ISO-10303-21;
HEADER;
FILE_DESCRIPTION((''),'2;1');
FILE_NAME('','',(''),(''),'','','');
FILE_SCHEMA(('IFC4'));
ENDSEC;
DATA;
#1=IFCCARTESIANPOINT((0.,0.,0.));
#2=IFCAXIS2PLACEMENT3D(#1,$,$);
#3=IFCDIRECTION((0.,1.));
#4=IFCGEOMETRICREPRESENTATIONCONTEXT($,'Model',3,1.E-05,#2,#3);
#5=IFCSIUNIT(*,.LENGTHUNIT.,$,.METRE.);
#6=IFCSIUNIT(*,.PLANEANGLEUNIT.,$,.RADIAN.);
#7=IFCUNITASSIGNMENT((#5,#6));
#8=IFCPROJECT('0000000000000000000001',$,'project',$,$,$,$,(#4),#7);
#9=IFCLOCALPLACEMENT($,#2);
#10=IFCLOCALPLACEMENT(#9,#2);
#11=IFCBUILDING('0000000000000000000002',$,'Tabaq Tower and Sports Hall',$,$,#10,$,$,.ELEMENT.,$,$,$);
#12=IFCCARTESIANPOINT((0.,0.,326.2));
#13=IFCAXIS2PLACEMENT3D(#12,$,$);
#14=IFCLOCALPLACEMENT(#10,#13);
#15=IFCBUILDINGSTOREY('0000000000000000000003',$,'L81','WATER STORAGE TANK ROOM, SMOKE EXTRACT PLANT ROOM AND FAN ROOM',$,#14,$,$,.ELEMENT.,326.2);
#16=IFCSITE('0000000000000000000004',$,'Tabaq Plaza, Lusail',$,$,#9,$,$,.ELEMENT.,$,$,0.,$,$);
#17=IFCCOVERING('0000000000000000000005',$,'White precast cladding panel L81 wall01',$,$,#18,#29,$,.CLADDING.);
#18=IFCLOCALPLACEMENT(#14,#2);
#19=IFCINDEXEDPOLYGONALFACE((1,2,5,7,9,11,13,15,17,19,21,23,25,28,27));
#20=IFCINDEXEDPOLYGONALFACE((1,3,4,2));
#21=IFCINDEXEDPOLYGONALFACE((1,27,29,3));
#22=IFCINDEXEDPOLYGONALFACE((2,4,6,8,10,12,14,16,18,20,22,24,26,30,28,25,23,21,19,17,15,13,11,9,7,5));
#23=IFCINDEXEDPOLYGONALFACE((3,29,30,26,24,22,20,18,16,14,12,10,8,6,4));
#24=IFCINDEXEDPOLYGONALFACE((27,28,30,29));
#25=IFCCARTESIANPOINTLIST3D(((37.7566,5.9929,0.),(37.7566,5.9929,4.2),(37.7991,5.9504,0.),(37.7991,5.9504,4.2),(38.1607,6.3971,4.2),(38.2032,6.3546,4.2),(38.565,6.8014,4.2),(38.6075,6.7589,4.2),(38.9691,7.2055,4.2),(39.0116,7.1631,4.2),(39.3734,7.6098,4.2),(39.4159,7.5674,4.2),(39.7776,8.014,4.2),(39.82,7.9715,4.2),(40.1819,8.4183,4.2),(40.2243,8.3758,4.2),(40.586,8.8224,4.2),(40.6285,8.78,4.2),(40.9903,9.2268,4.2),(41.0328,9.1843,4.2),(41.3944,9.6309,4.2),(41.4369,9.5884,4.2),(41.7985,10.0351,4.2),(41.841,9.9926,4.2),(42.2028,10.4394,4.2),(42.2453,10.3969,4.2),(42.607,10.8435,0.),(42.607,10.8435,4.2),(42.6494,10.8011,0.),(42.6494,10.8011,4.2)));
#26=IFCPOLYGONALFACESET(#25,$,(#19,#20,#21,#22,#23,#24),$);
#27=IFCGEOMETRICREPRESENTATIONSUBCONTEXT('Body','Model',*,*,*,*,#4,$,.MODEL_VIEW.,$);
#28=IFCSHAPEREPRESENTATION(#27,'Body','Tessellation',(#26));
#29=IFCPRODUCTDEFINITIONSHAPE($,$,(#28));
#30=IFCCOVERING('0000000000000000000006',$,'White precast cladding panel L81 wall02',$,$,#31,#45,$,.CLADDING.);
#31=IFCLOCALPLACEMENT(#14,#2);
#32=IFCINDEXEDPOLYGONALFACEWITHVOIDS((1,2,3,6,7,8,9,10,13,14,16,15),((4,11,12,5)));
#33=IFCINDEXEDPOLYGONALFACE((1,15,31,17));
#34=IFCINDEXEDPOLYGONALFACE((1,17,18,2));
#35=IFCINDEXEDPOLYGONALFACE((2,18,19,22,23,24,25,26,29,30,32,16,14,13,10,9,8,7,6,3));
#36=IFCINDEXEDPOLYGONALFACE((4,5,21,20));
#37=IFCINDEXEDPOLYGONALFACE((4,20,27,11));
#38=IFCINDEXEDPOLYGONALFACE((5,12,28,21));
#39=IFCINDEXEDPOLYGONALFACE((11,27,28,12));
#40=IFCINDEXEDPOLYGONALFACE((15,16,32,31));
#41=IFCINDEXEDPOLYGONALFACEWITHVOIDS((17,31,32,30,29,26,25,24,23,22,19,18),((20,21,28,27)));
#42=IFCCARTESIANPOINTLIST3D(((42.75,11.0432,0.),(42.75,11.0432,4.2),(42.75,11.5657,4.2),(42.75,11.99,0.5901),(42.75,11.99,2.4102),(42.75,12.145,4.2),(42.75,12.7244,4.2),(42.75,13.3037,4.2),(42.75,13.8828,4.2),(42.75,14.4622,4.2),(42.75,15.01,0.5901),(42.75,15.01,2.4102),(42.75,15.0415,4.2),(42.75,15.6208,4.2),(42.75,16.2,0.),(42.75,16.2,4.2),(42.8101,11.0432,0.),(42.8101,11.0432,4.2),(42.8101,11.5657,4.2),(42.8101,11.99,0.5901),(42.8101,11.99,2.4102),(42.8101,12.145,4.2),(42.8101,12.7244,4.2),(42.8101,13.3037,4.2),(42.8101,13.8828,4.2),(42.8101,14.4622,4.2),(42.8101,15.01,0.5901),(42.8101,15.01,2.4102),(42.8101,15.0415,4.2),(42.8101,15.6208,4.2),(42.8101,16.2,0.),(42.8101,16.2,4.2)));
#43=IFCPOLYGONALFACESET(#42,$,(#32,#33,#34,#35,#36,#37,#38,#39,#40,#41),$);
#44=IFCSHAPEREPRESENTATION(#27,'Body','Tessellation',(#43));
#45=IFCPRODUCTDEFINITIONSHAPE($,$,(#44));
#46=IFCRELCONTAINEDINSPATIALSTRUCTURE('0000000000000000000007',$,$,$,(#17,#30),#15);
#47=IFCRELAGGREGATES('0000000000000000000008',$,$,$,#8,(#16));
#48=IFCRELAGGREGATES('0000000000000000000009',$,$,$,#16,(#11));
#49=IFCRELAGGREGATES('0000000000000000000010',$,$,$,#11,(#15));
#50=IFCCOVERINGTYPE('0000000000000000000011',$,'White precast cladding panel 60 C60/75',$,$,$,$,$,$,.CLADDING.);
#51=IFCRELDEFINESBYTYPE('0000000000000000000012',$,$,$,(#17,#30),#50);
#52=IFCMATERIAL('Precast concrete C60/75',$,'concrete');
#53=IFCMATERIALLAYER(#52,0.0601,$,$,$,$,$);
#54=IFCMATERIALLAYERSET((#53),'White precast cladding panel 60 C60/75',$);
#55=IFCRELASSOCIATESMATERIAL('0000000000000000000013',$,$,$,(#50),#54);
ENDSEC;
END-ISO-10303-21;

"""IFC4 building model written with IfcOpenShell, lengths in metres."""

from ifc_helpers import new_model, si_unit, direction, frame, origin, place, context, subcontext, project, spatial, polyline, outline, extrude, material, layer, layer_set, type_object, element, save


model = new_model("IFC4")

# Units and contexts
model_context = context("Model", 3, precision=1e-05, world=origin(), true_north=direction((0.0, 1.0)))
body_context = subcontext(model_context, "Body", "Model", "MODEL_VIEW")
ifc_project = project(units=[si_unit("LENGTHUNIT", "METRE"), si_unit("PLANEANGLEUNIT", "RADIAN")], contexts=[model_context])

# Site, building, storey
site_placement = place(None, origin())
site = spatial("IfcSite", under=ifc_project, at=site_placement, Name="Tabaq Plaza, Lusail", CompositionType="ELEMENT", RefElevation=0.0)
building_placement = place(site_placement, origin())
building = spatial("IfcBuilding", under=site, at=building_placement, Name="Tabaq Tower and Sports Hall", CompositionType="ELEMENT")
storey_placement = place(building_placement, frame((0.0, 0.0, 326.2)))
storey = spatial("IfcBuildingStorey", under=building, at=storey_placement, Name="L81", Description="WATER STORAGE TANK ROOM, SMOKE EXTRACT PLANT ROOM AND FAN ROOM", CompositionType="ELEMENT", Elevation=326.2)

# Coverings
ifc_material_1 = material(Name="Precast concrete C60/75", Category="concrete")
ifc_layer_1 = layer(ifc_material_1, 0.0601)
ifc_layer_set_1 = layer_set([ifc_layer_1], Name="White precast cladding panel 60 C60/75")
covering_type = type_object("IfcCoveringType", Name="White precast cladding panel 60 C60/75", PredefinedType="CLADDING", material=ifc_layer_set_1)
covering_1_placement = place(storey_placement, frame((37.7778, 5.9717, 0.0), z_axis=(0.0, 0.0, 1.0), x_axis=(0.707089, 0.707125, 0.0)))
element("IfcCovering", 1, at=covering_1_placement, inside=storey, type_object=covering_type, Name="White precast cladding panel L81 wall01", PredefinedType="CLADDING", context=body_context, shape_type="SweptSolid", body=[
    extrude(outline(polyline([(0.0, 0.0), (6.8596, 0.0), (6.8596, 4.2), (6.2881, 4.2), (5.7163, 4.2), (5.1448, 4.2), (4.5732, 4.2), (4.0015, 4.2), (3.4299, 4.2), (2.8582, 4.2), (2.2866, 4.2), (1.7148, 4.2), (1.1433, 4.2), (0.5715, 4.2), (0.0, 4.2), (0.0, 0.0)])), frame((0.0, 0.03, 0.0), z_axis=(0.0, -1.0, 0.0), x_axis=(1.0, 0.0, 0.0)), (0.0, 0.0, 1.0), 0.0601),
])
covering_2_placement = place(storey_placement, frame((42.78, 11.0432, 0.0), z_axis=(0.0, 0.0, 1.0), x_axis=(0.0, 1.0, 0.0)))
element("IfcCovering", 2, at=covering_2_placement, inside=storey, type_object=covering_type, Name="White precast cladding panel L81 wall02", PredefinedType="CLADDING", context=body_context, shape_type="SweptSolid", body=[
    extrude(outline(polyline([(0.0, 0.0), (5.1567, 0.0), (5.1567, 4.2), (4.5776, 4.2), (3.9983, 4.2), (3.4189, 4.2), (2.8396, 4.2), (2.2605, 4.2), (1.6812, 4.2), (1.1018, 4.2), (0.5225, 4.2), (0.0, 4.2), (0.0, 0.0)]), holes=[polyline([(0.9468, 0.5901), (0.9468, 2.4102), (3.9668, 2.4102), (3.9668, 0.5901), (0.9468, 0.5901)])]), frame((0.0, 0.03, 0.0), z_axis=(0.0, -1.0, 0.0), x_axis=(1.0, 0.0, 0.0)), (0.0, 0.0, 1.0), 0.0601),
])

save(model, "model.ifc")
